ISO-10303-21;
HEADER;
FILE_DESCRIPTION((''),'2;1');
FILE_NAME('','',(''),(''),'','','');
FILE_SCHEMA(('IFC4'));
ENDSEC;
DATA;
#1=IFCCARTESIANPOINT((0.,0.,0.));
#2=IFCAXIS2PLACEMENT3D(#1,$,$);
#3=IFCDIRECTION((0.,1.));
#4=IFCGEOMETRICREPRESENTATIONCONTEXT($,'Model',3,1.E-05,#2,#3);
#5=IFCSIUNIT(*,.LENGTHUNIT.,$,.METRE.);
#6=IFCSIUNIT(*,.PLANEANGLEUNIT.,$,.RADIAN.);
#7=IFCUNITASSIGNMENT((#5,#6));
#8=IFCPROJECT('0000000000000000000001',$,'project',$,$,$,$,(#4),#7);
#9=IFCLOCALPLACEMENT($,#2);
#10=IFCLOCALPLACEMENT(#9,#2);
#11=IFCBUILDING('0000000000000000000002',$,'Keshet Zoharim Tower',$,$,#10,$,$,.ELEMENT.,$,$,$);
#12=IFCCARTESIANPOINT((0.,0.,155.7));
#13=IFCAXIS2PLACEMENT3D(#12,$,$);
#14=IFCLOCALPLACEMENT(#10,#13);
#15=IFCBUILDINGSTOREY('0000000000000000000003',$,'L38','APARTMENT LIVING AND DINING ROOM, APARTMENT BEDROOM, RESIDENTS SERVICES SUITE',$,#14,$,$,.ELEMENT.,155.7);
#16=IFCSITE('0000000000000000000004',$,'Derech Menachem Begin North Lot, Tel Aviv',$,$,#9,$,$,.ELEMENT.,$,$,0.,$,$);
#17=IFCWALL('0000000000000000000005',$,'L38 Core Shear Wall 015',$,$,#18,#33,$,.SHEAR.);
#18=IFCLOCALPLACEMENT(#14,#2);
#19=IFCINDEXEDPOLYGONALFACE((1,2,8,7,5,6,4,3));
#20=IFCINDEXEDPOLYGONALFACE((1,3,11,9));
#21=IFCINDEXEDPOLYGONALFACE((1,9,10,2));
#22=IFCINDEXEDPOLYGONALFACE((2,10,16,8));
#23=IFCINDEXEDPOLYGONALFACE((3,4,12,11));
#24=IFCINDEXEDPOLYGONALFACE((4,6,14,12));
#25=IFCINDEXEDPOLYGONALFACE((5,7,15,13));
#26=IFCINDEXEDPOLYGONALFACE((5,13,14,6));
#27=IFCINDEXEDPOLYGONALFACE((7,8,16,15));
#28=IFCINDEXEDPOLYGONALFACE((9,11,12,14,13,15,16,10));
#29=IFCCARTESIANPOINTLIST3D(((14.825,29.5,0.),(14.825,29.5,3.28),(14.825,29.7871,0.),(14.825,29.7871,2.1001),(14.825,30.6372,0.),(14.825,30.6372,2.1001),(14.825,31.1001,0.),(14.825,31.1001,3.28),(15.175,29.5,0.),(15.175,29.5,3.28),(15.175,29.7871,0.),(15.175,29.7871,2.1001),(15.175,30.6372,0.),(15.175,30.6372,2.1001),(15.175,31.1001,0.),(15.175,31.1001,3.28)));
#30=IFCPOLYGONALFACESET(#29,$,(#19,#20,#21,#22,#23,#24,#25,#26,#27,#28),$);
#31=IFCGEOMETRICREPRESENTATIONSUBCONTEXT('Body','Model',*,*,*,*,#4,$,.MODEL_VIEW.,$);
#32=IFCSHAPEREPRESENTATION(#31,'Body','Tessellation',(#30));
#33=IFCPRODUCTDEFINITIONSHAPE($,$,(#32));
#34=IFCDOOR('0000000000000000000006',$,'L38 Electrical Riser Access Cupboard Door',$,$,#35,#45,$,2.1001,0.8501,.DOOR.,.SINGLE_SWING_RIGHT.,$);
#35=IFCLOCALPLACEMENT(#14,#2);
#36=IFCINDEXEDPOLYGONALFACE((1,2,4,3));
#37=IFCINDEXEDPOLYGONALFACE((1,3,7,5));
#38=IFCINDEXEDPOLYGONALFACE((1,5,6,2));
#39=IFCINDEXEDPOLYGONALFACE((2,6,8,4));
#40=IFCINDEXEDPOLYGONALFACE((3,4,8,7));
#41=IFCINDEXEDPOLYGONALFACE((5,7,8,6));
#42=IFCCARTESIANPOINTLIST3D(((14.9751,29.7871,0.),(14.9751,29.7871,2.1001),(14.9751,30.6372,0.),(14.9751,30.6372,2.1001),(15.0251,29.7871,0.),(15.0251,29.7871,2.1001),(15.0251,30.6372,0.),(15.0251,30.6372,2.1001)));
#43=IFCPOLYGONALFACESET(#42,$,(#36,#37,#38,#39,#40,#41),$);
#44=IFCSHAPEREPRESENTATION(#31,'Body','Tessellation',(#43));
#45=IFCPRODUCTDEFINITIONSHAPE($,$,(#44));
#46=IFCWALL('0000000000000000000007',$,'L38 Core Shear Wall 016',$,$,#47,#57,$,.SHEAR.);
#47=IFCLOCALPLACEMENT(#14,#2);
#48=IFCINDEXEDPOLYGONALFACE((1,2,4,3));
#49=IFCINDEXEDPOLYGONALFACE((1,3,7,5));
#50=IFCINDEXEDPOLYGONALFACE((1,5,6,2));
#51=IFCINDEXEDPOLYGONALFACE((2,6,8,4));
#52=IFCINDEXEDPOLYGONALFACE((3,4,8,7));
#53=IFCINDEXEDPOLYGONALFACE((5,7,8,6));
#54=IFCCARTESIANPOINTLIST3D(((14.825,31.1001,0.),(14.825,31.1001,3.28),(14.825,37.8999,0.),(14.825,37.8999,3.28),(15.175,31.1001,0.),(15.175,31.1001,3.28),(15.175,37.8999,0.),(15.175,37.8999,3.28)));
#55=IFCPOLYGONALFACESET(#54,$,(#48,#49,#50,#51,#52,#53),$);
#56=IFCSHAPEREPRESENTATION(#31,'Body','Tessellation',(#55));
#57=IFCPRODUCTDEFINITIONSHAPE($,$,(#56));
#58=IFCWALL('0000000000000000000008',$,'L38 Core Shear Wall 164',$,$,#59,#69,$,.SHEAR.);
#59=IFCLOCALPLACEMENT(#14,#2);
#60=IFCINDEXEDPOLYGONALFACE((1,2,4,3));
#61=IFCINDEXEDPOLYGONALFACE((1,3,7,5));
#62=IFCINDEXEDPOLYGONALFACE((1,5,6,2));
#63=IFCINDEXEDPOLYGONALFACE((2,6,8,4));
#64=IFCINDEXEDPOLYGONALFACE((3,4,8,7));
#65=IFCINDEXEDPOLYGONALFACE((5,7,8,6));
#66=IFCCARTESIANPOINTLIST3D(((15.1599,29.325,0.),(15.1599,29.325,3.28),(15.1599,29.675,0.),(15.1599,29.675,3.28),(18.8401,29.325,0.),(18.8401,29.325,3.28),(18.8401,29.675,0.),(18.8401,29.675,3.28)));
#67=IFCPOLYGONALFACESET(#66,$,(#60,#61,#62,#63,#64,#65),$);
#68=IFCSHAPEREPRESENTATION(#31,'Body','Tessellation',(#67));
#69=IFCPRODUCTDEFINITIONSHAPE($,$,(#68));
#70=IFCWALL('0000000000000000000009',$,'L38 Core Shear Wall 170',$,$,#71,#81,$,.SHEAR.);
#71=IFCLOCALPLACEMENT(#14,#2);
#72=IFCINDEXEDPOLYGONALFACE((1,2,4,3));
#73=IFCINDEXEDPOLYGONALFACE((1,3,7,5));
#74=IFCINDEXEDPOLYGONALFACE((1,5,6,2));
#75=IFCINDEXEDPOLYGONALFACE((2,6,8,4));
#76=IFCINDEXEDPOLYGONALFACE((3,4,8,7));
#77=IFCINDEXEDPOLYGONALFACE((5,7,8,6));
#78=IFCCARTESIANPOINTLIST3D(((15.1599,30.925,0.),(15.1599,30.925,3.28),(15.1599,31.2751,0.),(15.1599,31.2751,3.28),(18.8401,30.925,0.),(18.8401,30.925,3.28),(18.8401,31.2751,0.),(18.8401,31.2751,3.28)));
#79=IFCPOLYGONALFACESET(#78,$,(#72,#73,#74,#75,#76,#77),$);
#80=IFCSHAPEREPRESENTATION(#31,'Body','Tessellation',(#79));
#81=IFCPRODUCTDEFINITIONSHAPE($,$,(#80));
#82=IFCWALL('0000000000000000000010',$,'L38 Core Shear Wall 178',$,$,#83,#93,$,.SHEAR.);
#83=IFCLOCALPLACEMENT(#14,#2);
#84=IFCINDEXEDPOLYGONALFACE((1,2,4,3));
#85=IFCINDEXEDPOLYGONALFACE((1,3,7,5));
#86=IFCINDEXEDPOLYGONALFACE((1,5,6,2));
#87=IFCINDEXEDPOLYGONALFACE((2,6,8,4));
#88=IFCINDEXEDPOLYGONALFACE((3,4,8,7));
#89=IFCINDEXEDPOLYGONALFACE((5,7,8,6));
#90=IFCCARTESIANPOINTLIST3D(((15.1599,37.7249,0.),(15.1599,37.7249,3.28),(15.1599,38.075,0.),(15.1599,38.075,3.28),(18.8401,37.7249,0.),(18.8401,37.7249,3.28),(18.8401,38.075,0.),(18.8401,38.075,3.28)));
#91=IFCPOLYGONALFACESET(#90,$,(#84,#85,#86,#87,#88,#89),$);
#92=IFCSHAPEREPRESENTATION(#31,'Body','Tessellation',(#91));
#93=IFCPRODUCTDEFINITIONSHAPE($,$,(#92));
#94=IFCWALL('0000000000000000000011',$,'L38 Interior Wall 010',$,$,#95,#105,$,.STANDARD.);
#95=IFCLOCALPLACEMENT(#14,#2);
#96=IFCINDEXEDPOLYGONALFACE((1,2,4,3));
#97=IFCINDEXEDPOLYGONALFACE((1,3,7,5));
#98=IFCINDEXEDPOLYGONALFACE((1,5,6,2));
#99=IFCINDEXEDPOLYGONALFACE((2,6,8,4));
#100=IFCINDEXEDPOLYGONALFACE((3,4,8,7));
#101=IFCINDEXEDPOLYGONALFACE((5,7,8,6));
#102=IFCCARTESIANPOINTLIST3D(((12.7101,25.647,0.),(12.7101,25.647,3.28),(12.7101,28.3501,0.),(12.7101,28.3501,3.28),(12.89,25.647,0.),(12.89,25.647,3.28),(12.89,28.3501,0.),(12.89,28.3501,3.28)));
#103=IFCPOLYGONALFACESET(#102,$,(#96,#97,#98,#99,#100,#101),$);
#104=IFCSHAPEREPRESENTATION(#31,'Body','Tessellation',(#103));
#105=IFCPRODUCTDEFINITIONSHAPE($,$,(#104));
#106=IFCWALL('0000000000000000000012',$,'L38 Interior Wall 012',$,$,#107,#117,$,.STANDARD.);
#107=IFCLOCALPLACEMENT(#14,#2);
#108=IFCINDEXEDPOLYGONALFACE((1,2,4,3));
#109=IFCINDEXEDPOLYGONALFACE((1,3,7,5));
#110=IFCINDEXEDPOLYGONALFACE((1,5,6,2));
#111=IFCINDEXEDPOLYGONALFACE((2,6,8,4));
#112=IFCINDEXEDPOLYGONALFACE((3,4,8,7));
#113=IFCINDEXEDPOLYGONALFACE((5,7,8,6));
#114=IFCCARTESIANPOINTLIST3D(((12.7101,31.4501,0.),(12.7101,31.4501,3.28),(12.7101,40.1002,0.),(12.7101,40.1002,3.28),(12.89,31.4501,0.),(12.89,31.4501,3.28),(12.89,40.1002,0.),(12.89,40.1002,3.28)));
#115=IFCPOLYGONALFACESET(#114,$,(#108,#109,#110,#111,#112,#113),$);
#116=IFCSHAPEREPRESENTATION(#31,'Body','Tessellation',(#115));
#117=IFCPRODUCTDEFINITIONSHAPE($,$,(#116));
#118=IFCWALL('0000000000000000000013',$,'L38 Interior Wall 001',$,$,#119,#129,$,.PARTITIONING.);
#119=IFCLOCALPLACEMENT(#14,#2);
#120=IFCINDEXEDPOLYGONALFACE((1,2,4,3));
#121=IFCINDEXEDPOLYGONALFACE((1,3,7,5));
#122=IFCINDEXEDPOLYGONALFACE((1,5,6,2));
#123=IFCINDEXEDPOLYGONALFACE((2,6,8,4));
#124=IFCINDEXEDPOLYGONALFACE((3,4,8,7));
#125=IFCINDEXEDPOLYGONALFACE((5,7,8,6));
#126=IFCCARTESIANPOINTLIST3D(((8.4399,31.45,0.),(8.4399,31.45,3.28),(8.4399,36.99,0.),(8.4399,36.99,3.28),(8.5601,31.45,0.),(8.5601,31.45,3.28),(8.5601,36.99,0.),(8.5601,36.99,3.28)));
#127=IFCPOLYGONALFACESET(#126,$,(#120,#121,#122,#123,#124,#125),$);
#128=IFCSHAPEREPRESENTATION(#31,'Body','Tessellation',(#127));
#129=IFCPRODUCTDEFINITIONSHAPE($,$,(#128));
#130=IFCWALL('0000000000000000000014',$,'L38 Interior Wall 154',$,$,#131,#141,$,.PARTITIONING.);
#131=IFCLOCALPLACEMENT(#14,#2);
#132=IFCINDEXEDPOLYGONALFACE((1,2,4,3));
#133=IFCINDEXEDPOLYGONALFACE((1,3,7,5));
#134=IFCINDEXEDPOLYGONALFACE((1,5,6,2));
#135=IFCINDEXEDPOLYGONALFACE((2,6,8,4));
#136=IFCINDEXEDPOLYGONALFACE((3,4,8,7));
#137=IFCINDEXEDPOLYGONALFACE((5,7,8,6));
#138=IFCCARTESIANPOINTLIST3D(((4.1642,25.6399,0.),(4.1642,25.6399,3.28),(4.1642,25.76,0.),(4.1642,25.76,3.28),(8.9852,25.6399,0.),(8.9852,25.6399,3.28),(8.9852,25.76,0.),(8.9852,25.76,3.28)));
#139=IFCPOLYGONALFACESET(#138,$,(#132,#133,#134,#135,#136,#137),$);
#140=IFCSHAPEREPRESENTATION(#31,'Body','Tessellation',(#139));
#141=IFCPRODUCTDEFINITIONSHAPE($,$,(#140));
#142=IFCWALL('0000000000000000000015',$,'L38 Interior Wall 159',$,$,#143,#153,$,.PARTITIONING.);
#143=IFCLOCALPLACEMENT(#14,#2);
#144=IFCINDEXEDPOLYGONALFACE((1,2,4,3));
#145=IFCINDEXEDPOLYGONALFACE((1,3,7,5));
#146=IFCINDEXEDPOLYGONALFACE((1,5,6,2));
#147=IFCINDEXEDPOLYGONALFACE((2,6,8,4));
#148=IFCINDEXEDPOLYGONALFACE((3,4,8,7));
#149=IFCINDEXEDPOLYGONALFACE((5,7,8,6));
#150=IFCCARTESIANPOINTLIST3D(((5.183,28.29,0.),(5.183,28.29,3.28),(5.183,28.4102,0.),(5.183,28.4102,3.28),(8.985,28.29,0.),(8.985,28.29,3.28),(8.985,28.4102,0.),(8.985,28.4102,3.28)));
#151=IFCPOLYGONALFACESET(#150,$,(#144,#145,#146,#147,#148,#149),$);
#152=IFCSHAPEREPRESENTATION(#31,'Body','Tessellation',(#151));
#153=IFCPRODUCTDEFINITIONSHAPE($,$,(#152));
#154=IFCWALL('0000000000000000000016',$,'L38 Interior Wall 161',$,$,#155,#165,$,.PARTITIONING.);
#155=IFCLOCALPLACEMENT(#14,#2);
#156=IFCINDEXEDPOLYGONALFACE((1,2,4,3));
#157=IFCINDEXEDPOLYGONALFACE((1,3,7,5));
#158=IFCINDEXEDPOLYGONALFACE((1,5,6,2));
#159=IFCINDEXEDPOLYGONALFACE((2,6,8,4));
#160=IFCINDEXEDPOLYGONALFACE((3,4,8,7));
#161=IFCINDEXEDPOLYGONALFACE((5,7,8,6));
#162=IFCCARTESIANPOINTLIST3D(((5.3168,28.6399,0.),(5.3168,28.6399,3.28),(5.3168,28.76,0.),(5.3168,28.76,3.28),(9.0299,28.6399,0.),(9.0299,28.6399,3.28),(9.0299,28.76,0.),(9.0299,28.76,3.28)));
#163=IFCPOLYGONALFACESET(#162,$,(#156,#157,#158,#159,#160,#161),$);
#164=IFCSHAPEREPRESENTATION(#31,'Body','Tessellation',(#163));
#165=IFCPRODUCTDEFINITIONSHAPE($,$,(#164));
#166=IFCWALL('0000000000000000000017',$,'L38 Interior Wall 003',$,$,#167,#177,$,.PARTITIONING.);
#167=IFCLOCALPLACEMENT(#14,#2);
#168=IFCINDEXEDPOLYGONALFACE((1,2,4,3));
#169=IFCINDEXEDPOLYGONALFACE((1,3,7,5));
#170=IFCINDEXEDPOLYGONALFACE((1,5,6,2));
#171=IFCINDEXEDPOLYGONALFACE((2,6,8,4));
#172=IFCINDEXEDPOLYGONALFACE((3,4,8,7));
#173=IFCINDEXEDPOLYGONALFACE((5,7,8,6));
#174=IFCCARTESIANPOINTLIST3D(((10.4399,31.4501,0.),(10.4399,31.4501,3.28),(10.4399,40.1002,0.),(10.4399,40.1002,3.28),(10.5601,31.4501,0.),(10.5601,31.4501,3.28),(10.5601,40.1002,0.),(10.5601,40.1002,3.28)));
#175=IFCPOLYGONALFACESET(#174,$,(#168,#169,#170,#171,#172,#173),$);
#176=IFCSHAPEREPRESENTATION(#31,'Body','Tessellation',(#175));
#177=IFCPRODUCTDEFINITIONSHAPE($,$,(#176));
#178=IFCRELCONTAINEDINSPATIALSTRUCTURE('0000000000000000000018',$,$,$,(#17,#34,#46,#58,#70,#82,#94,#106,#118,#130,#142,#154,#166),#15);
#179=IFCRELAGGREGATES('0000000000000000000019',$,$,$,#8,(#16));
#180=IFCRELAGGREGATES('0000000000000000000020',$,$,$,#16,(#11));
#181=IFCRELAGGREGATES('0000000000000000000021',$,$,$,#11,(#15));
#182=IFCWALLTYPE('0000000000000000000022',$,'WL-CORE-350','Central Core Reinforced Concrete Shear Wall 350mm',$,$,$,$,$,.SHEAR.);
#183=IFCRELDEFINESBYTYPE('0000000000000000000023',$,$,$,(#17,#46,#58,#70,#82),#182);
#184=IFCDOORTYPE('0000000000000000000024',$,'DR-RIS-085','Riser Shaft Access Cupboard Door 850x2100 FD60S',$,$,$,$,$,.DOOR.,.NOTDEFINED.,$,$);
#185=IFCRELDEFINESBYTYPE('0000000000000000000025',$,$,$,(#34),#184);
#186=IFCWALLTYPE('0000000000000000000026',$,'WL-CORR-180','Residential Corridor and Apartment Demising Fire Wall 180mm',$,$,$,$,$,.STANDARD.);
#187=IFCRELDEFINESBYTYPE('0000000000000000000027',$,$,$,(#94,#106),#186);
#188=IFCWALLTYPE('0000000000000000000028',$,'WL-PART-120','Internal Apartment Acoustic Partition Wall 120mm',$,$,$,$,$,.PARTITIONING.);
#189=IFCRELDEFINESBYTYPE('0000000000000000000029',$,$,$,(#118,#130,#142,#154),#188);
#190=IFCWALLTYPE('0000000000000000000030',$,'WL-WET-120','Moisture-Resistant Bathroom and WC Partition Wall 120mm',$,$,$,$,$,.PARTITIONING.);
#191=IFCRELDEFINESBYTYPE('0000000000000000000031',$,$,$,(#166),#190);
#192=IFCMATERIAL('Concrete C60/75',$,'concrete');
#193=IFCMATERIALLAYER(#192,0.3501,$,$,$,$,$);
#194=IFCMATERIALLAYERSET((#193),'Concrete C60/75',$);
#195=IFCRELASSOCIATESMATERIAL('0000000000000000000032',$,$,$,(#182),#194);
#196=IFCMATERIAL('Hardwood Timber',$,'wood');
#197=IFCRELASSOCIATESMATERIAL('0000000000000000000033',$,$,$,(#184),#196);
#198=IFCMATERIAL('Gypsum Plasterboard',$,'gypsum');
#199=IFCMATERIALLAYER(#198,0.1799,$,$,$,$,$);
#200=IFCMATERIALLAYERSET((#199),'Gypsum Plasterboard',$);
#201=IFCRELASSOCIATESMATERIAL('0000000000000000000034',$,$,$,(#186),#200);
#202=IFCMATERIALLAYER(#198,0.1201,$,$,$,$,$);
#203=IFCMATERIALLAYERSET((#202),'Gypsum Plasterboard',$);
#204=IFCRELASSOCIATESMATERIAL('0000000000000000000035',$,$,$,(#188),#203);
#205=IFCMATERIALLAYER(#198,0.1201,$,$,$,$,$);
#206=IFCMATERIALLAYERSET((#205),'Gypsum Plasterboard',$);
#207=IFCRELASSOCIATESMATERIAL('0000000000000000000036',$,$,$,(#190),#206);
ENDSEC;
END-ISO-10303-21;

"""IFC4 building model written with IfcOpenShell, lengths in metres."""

from ifc_helpers import new_model, si_unit, direction, frame, frame_2d, origin, place, context, subcontext, project, spatial, rectangle, extrude, material, layer, layer_set, type_object, element, fill, save


model = new_model("IFC4")

# Units and contexts
model_context = context("Model", 3, precision=1e-05, world=origin(), true_north=direction((0.0, 1.0)))
body_context = subcontext(model_context, "Body", "Model", "MODEL_VIEW")
ifc_project = project(units=[si_unit("LENGTHUNIT", "METRE"), si_unit("PLANEANGLEUNIT", "RADIAN")], contexts=[model_context])

# Site, building, storey
site_placement = place(None, origin())
site = spatial("IfcSite", under=ifc_project, at=site_placement, Name="Derech Menachem Begin North Lot, Tel Aviv", CompositionType="ELEMENT", RefElevation=0.0)
building_placement = place(site_placement, origin())
building = spatial("IfcBuilding", under=site, at=building_placement, Name="Keshet Zoharim Tower", CompositionType="ELEMENT")
storey_placement = place(building_placement, frame((0.0, 0.0, 155.7)))
storey = spatial("IfcBuildingStorey", under=building, at=storey_placement, Name="L38", Description="APARTMENT LIVING AND DINING ROOM, APARTMENT BEDROOM, RESIDENTS SERVICES SUITE", CompositionType="ELEMENT", Elevation=155.7)

# Wall, opening, door
ifc_material_1 = material(Name="Concrete C60/75", Category="concrete")
ifc_layer_1 = layer(ifc_material_1, 0.3501)
ifc_layer_set_1 = layer_set([ifc_layer_1], Name="Concrete C60/75")
wall_type_1 = type_object("IfcWallType", Name="WL-CORE-350", Description="Central Core Reinforced Concrete Shear Wall 350mm", PredefinedType="SHEAR", material=ifc_layer_set_1)
wall_1_placement = place(storey_placement, frame((15.0, 29.5, 0.0), z_axis=(0.0, 0.0, 1.0), x_axis=(0.0, 1.0, 0.0)))
wall_1 = element("IfcWall", 1, at=wall_1_placement, inside=storey, type_object=wall_type_1, Name="L38 Core Shear Wall 015", PredefinedType="SHEAR", context=body_context, shape_type="SweptSolid", body=[
    extrude(rectangle(XDim=1.6001, YDim=0.3501, at=frame_2d((0.8, 0.0))), origin(), (0.0, 0.0, 1.0), 3.28),
])
opening_1_placement = place(wall_1_placement, frame((0.2871, 0.0, 0.0)))
opening_1 = element("IfcOpeningElement", 2, at=opening_1_placement, cuts=wall_1, PredefinedType="OPENING", context=body_context, shape_type="SweptSolid", body=[
    extrude(rectangle(XDim=0.8501, YDim=2.1001, at=frame_2d((0.425, 1.05))), frame((0.0, 0.1851, 0.0), z_axis=(0.0, -1.0, 0.0), x_axis=(1.0, 0.0, 0.0)), (0.0, 0.0, 1.0), 0.3701),
])
ifc_material_2 = material(Name="Hardwood Timber", Category="wood")
door_type_1 = type_object("IfcDoorType", Name="DR-RIS-085", Description="Riser Shaft Access Cupboard Door 850x2100 FD60S", OperationType="NOTDEFINED", PredefinedType="DOOR", material=ifc_material_2)
door_1_placement = place(opening_1_placement, origin())
door_1 = element("IfcDoor", 3, at=door_1_placement, inside=storey, type_object=door_type_1, Name="L38 Electrical Riser Access Cupboard Door", OperationType="SINGLE_SWING_RIGHT", OverallHeight=2.1001, OverallWidth=0.8501, PredefinedType="DOOR", context=body_context, shape_type="SweptSolid", body=[
    extrude(rectangle(XDim=0.8501, YDim=2.1001, at=frame_2d((0.425, 1.05))), frame((0.0, 0.0249, 0.0), z_axis=(0.0, -1.0, 0.0), x_axis=(1.0, 0.0, 0.0)), (0.0, 0.0, 1.0), 0.05),
])
fill(opening_1, door_1)

# Walls
wall_2_placement = place(storey_placement, frame((15.0, 31.1001, 0.0), z_axis=(0.0, 0.0, 1.0), x_axis=(0.0, 1.0, 0.0)))
element("IfcWall", 4, at=wall_2_placement, inside=storey, type_object=wall_type_1, Name="L38 Core Shear Wall 016", PredefinedType="SHEAR", context=body_context, shape_type="SweptSolid", body=[
    extrude(rectangle(XDim=6.7998, YDim=0.3501, at=frame_2d((3.3999, 0.0))), origin(), (0.0, 0.0, 1.0), 3.28),
])
for number, where, z_axis, x_axis, name in (
    (5, (15.1599, 29.5, 0.0), (0.0, 0.0, 1.0), (1.0, 0.0, 0.0), "L38 Core Shear Wall 164"),
    (6, (15.1599, 31.1001, 0.0), (0.0, 0.0, 1.0), (1.0, 0.0, 0.0), "L38 Core Shear Wall 170"),
    (7, (15.1599, 37.8999, 0.0), (0.0, 0.0, 1.0), (1.0, 0.0, 0.0), "L38 Core Shear Wall 178"),
):
    element("IfcWall", number, at=place(storey_placement, frame(where, z_axis=z_axis, x_axis=x_axis)), inside=storey, type_object=wall_type_1, Name=name, PredefinedType="SHEAR", context=body_context, shape_type="SweptSolid", body=[
        extrude(rectangle(XDim=3.6802, YDim=0.3501, at=frame_2d((1.8401, 0.0))), origin(), (0.0, 0.0, 1.0), 3.28),
    ])
ifc_material_3 = material(Name="Gypsum Plasterboard", Category="gypsum")
ifc_layer_2 = layer(ifc_material_3, 0.1799)
ifc_layer_set_2 = layer_set([ifc_layer_2], Name="Gypsum Plasterboard")
wall_type_2 = type_object("IfcWallType", Name="WL-CORR-180", Description="Residential Corridor and Apartment Demising Fire Wall 180mm", PredefinedType="STANDARD", material=ifc_layer_set_2)
wall_3_placement = place(storey_placement, frame((12.8, 25.647, 0.0), z_axis=(0.0, 0.0, 1.0), x_axis=(0.0, 1.0, 0.0)))
element("IfcWall", 8, at=wall_3_placement, inside=storey, type_object=wall_type_2, Name="L38 Interior Wall 010", PredefinedType="STANDARD", context=body_context, shape_type="SweptSolid", body=[
    extrude(rectangle(XDim=2.7031, YDim=0.1799, at=frame_2d((1.3516, 0.0))), origin(), (0.0, 0.0, 1.0), 3.28),
])

# Walls
wall_4_placement = place(storey_placement, frame((12.8, 31.45, 0.0), z_axis=(0.0, 0.0, 1.0), x_axis=(0.0, 1.0, 0.0)))
element("IfcWall", 9, at=wall_4_placement, inside=storey, type_object=wall_type_2, Name="L38 Interior Wall 012", PredefinedType="STANDARD", context=body_context, shape_type="SweptSolid", body=[
    extrude(rectangle(XDim=8.6501, YDim=0.1799, at=frame_2d((4.3252, 0.0))), origin(), (0.0, 0.0, 1.0), 3.28),
])
ifc_layer_3 = layer(ifc_material_3, 0.1201)
ifc_layer_set_3 = layer_set([ifc_layer_3], Name="Gypsum Plasterboard")
wall_type_3 = type_object("IfcWallType", Name="WL-PART-120", Description="Internal Apartment Acoustic Partition Wall 120mm", PredefinedType="PARTITIONING", material=ifc_layer_set_3)
wall_5_placement = place(storey_placement, frame((8.5, 31.45, 0.0), z_axis=(0.0, 0.0, 1.0), x_axis=(0.0, 1.0, 0.0)))
element("IfcWall", 10, at=wall_5_placement, inside=storey, type_object=wall_type_3, Name="L38 Interior Wall 001", PredefinedType="PARTITIONING", context=body_context, shape_type="SweptSolid", body=[
    extrude(rectangle(XDim=5.54, YDim=0.1201, at=frame_2d((2.77, 0.0))), origin(), (0.0, 0.0, 1.0), 3.28),
])

# Walls
wall_6_placement = place(storey_placement, frame((4.1641, 25.7, 0.0), z_axis=(0.0, 0.0, 1.0), x_axis=(1.0, 0.0, 0.0)))
element("IfcWall", 11, at=wall_6_placement, inside=storey, type_object=wall_type_3, Name="L38 Interior Wall 154", PredefinedType="PARTITIONING", context=body_context, shape_type="SweptSolid", body=[
    extrude(rectangle(XDim=4.821, YDim=0.1201, at=frame_2d((2.4106, 0.0))), origin(), (0.0, 0.0, 1.0), 3.28),
])
wall_7_placement = place(storey_placement, frame((5.1831, 28.3501, 0.0), z_axis=(0.0, 0.0, 1.0), x_axis=(1.0, 0.0, 0.0)))
element("IfcWall", 12, at=wall_7_placement, inside=storey, type_object=wall_type_3, Name="L38 Interior Wall 159", PredefinedType="PARTITIONING", context=body_context, shape_type="SweptSolid", body=[
    extrude(rectangle(XDim=3.802, YDim=0.1201, at=frame_2d((1.9009, 0.0))), origin(), (0.0, 0.0, 1.0), 3.28),
])
wall_8_placement = place(storey_placement, frame((5.3169, 28.7, 0.0), z_axis=(0.0, 0.0, 1.0), x_axis=(1.0, 0.0, 0.0)))
element("IfcWall", 13, at=wall_8_placement, inside=storey, type_object=wall_type_3, Name="L38 Interior Wall 161", PredefinedType="PARTITIONING", context=body_context, shape_type="SweptSolid", body=[
    extrude(rectangle(XDim=3.7131, YDim=0.1201, at=frame_2d((1.8564, 0.0))), origin(), (0.0, 0.0, 1.0), 3.28),
])

# Wall
ifc_layer_4 = layer(ifc_material_3, 0.1201)
ifc_layer_set_4 = layer_set([ifc_layer_4], Name="Gypsum Plasterboard")
wall_type_4 = type_object("IfcWallType", Name="WL-WET-120", Description="Moisture-Resistant Bathroom and WC Partition Wall 120mm", PredefinedType="PARTITIONING", material=ifc_layer_set_4)
wall_9_placement = place(storey_placement, frame((10.5, 31.45, 0.0), z_axis=(0.0, 0.0, 1.0), x_axis=(0.0, 1.0, 0.0)))
element("IfcWall", 14, at=wall_9_placement, inside=storey, type_object=wall_type_4, Name="L38 Interior Wall 003", PredefinedType="PARTITIONING", context=body_context, shape_type="SweptSolid", body=[
    extrude(rectangle(XDim=8.6501, YDim=0.1201, at=frame_2d((4.3252, 0.0))), origin(), (0.0, 0.0, 1.0), 3.28),
])

save(model, "model.ifc")
